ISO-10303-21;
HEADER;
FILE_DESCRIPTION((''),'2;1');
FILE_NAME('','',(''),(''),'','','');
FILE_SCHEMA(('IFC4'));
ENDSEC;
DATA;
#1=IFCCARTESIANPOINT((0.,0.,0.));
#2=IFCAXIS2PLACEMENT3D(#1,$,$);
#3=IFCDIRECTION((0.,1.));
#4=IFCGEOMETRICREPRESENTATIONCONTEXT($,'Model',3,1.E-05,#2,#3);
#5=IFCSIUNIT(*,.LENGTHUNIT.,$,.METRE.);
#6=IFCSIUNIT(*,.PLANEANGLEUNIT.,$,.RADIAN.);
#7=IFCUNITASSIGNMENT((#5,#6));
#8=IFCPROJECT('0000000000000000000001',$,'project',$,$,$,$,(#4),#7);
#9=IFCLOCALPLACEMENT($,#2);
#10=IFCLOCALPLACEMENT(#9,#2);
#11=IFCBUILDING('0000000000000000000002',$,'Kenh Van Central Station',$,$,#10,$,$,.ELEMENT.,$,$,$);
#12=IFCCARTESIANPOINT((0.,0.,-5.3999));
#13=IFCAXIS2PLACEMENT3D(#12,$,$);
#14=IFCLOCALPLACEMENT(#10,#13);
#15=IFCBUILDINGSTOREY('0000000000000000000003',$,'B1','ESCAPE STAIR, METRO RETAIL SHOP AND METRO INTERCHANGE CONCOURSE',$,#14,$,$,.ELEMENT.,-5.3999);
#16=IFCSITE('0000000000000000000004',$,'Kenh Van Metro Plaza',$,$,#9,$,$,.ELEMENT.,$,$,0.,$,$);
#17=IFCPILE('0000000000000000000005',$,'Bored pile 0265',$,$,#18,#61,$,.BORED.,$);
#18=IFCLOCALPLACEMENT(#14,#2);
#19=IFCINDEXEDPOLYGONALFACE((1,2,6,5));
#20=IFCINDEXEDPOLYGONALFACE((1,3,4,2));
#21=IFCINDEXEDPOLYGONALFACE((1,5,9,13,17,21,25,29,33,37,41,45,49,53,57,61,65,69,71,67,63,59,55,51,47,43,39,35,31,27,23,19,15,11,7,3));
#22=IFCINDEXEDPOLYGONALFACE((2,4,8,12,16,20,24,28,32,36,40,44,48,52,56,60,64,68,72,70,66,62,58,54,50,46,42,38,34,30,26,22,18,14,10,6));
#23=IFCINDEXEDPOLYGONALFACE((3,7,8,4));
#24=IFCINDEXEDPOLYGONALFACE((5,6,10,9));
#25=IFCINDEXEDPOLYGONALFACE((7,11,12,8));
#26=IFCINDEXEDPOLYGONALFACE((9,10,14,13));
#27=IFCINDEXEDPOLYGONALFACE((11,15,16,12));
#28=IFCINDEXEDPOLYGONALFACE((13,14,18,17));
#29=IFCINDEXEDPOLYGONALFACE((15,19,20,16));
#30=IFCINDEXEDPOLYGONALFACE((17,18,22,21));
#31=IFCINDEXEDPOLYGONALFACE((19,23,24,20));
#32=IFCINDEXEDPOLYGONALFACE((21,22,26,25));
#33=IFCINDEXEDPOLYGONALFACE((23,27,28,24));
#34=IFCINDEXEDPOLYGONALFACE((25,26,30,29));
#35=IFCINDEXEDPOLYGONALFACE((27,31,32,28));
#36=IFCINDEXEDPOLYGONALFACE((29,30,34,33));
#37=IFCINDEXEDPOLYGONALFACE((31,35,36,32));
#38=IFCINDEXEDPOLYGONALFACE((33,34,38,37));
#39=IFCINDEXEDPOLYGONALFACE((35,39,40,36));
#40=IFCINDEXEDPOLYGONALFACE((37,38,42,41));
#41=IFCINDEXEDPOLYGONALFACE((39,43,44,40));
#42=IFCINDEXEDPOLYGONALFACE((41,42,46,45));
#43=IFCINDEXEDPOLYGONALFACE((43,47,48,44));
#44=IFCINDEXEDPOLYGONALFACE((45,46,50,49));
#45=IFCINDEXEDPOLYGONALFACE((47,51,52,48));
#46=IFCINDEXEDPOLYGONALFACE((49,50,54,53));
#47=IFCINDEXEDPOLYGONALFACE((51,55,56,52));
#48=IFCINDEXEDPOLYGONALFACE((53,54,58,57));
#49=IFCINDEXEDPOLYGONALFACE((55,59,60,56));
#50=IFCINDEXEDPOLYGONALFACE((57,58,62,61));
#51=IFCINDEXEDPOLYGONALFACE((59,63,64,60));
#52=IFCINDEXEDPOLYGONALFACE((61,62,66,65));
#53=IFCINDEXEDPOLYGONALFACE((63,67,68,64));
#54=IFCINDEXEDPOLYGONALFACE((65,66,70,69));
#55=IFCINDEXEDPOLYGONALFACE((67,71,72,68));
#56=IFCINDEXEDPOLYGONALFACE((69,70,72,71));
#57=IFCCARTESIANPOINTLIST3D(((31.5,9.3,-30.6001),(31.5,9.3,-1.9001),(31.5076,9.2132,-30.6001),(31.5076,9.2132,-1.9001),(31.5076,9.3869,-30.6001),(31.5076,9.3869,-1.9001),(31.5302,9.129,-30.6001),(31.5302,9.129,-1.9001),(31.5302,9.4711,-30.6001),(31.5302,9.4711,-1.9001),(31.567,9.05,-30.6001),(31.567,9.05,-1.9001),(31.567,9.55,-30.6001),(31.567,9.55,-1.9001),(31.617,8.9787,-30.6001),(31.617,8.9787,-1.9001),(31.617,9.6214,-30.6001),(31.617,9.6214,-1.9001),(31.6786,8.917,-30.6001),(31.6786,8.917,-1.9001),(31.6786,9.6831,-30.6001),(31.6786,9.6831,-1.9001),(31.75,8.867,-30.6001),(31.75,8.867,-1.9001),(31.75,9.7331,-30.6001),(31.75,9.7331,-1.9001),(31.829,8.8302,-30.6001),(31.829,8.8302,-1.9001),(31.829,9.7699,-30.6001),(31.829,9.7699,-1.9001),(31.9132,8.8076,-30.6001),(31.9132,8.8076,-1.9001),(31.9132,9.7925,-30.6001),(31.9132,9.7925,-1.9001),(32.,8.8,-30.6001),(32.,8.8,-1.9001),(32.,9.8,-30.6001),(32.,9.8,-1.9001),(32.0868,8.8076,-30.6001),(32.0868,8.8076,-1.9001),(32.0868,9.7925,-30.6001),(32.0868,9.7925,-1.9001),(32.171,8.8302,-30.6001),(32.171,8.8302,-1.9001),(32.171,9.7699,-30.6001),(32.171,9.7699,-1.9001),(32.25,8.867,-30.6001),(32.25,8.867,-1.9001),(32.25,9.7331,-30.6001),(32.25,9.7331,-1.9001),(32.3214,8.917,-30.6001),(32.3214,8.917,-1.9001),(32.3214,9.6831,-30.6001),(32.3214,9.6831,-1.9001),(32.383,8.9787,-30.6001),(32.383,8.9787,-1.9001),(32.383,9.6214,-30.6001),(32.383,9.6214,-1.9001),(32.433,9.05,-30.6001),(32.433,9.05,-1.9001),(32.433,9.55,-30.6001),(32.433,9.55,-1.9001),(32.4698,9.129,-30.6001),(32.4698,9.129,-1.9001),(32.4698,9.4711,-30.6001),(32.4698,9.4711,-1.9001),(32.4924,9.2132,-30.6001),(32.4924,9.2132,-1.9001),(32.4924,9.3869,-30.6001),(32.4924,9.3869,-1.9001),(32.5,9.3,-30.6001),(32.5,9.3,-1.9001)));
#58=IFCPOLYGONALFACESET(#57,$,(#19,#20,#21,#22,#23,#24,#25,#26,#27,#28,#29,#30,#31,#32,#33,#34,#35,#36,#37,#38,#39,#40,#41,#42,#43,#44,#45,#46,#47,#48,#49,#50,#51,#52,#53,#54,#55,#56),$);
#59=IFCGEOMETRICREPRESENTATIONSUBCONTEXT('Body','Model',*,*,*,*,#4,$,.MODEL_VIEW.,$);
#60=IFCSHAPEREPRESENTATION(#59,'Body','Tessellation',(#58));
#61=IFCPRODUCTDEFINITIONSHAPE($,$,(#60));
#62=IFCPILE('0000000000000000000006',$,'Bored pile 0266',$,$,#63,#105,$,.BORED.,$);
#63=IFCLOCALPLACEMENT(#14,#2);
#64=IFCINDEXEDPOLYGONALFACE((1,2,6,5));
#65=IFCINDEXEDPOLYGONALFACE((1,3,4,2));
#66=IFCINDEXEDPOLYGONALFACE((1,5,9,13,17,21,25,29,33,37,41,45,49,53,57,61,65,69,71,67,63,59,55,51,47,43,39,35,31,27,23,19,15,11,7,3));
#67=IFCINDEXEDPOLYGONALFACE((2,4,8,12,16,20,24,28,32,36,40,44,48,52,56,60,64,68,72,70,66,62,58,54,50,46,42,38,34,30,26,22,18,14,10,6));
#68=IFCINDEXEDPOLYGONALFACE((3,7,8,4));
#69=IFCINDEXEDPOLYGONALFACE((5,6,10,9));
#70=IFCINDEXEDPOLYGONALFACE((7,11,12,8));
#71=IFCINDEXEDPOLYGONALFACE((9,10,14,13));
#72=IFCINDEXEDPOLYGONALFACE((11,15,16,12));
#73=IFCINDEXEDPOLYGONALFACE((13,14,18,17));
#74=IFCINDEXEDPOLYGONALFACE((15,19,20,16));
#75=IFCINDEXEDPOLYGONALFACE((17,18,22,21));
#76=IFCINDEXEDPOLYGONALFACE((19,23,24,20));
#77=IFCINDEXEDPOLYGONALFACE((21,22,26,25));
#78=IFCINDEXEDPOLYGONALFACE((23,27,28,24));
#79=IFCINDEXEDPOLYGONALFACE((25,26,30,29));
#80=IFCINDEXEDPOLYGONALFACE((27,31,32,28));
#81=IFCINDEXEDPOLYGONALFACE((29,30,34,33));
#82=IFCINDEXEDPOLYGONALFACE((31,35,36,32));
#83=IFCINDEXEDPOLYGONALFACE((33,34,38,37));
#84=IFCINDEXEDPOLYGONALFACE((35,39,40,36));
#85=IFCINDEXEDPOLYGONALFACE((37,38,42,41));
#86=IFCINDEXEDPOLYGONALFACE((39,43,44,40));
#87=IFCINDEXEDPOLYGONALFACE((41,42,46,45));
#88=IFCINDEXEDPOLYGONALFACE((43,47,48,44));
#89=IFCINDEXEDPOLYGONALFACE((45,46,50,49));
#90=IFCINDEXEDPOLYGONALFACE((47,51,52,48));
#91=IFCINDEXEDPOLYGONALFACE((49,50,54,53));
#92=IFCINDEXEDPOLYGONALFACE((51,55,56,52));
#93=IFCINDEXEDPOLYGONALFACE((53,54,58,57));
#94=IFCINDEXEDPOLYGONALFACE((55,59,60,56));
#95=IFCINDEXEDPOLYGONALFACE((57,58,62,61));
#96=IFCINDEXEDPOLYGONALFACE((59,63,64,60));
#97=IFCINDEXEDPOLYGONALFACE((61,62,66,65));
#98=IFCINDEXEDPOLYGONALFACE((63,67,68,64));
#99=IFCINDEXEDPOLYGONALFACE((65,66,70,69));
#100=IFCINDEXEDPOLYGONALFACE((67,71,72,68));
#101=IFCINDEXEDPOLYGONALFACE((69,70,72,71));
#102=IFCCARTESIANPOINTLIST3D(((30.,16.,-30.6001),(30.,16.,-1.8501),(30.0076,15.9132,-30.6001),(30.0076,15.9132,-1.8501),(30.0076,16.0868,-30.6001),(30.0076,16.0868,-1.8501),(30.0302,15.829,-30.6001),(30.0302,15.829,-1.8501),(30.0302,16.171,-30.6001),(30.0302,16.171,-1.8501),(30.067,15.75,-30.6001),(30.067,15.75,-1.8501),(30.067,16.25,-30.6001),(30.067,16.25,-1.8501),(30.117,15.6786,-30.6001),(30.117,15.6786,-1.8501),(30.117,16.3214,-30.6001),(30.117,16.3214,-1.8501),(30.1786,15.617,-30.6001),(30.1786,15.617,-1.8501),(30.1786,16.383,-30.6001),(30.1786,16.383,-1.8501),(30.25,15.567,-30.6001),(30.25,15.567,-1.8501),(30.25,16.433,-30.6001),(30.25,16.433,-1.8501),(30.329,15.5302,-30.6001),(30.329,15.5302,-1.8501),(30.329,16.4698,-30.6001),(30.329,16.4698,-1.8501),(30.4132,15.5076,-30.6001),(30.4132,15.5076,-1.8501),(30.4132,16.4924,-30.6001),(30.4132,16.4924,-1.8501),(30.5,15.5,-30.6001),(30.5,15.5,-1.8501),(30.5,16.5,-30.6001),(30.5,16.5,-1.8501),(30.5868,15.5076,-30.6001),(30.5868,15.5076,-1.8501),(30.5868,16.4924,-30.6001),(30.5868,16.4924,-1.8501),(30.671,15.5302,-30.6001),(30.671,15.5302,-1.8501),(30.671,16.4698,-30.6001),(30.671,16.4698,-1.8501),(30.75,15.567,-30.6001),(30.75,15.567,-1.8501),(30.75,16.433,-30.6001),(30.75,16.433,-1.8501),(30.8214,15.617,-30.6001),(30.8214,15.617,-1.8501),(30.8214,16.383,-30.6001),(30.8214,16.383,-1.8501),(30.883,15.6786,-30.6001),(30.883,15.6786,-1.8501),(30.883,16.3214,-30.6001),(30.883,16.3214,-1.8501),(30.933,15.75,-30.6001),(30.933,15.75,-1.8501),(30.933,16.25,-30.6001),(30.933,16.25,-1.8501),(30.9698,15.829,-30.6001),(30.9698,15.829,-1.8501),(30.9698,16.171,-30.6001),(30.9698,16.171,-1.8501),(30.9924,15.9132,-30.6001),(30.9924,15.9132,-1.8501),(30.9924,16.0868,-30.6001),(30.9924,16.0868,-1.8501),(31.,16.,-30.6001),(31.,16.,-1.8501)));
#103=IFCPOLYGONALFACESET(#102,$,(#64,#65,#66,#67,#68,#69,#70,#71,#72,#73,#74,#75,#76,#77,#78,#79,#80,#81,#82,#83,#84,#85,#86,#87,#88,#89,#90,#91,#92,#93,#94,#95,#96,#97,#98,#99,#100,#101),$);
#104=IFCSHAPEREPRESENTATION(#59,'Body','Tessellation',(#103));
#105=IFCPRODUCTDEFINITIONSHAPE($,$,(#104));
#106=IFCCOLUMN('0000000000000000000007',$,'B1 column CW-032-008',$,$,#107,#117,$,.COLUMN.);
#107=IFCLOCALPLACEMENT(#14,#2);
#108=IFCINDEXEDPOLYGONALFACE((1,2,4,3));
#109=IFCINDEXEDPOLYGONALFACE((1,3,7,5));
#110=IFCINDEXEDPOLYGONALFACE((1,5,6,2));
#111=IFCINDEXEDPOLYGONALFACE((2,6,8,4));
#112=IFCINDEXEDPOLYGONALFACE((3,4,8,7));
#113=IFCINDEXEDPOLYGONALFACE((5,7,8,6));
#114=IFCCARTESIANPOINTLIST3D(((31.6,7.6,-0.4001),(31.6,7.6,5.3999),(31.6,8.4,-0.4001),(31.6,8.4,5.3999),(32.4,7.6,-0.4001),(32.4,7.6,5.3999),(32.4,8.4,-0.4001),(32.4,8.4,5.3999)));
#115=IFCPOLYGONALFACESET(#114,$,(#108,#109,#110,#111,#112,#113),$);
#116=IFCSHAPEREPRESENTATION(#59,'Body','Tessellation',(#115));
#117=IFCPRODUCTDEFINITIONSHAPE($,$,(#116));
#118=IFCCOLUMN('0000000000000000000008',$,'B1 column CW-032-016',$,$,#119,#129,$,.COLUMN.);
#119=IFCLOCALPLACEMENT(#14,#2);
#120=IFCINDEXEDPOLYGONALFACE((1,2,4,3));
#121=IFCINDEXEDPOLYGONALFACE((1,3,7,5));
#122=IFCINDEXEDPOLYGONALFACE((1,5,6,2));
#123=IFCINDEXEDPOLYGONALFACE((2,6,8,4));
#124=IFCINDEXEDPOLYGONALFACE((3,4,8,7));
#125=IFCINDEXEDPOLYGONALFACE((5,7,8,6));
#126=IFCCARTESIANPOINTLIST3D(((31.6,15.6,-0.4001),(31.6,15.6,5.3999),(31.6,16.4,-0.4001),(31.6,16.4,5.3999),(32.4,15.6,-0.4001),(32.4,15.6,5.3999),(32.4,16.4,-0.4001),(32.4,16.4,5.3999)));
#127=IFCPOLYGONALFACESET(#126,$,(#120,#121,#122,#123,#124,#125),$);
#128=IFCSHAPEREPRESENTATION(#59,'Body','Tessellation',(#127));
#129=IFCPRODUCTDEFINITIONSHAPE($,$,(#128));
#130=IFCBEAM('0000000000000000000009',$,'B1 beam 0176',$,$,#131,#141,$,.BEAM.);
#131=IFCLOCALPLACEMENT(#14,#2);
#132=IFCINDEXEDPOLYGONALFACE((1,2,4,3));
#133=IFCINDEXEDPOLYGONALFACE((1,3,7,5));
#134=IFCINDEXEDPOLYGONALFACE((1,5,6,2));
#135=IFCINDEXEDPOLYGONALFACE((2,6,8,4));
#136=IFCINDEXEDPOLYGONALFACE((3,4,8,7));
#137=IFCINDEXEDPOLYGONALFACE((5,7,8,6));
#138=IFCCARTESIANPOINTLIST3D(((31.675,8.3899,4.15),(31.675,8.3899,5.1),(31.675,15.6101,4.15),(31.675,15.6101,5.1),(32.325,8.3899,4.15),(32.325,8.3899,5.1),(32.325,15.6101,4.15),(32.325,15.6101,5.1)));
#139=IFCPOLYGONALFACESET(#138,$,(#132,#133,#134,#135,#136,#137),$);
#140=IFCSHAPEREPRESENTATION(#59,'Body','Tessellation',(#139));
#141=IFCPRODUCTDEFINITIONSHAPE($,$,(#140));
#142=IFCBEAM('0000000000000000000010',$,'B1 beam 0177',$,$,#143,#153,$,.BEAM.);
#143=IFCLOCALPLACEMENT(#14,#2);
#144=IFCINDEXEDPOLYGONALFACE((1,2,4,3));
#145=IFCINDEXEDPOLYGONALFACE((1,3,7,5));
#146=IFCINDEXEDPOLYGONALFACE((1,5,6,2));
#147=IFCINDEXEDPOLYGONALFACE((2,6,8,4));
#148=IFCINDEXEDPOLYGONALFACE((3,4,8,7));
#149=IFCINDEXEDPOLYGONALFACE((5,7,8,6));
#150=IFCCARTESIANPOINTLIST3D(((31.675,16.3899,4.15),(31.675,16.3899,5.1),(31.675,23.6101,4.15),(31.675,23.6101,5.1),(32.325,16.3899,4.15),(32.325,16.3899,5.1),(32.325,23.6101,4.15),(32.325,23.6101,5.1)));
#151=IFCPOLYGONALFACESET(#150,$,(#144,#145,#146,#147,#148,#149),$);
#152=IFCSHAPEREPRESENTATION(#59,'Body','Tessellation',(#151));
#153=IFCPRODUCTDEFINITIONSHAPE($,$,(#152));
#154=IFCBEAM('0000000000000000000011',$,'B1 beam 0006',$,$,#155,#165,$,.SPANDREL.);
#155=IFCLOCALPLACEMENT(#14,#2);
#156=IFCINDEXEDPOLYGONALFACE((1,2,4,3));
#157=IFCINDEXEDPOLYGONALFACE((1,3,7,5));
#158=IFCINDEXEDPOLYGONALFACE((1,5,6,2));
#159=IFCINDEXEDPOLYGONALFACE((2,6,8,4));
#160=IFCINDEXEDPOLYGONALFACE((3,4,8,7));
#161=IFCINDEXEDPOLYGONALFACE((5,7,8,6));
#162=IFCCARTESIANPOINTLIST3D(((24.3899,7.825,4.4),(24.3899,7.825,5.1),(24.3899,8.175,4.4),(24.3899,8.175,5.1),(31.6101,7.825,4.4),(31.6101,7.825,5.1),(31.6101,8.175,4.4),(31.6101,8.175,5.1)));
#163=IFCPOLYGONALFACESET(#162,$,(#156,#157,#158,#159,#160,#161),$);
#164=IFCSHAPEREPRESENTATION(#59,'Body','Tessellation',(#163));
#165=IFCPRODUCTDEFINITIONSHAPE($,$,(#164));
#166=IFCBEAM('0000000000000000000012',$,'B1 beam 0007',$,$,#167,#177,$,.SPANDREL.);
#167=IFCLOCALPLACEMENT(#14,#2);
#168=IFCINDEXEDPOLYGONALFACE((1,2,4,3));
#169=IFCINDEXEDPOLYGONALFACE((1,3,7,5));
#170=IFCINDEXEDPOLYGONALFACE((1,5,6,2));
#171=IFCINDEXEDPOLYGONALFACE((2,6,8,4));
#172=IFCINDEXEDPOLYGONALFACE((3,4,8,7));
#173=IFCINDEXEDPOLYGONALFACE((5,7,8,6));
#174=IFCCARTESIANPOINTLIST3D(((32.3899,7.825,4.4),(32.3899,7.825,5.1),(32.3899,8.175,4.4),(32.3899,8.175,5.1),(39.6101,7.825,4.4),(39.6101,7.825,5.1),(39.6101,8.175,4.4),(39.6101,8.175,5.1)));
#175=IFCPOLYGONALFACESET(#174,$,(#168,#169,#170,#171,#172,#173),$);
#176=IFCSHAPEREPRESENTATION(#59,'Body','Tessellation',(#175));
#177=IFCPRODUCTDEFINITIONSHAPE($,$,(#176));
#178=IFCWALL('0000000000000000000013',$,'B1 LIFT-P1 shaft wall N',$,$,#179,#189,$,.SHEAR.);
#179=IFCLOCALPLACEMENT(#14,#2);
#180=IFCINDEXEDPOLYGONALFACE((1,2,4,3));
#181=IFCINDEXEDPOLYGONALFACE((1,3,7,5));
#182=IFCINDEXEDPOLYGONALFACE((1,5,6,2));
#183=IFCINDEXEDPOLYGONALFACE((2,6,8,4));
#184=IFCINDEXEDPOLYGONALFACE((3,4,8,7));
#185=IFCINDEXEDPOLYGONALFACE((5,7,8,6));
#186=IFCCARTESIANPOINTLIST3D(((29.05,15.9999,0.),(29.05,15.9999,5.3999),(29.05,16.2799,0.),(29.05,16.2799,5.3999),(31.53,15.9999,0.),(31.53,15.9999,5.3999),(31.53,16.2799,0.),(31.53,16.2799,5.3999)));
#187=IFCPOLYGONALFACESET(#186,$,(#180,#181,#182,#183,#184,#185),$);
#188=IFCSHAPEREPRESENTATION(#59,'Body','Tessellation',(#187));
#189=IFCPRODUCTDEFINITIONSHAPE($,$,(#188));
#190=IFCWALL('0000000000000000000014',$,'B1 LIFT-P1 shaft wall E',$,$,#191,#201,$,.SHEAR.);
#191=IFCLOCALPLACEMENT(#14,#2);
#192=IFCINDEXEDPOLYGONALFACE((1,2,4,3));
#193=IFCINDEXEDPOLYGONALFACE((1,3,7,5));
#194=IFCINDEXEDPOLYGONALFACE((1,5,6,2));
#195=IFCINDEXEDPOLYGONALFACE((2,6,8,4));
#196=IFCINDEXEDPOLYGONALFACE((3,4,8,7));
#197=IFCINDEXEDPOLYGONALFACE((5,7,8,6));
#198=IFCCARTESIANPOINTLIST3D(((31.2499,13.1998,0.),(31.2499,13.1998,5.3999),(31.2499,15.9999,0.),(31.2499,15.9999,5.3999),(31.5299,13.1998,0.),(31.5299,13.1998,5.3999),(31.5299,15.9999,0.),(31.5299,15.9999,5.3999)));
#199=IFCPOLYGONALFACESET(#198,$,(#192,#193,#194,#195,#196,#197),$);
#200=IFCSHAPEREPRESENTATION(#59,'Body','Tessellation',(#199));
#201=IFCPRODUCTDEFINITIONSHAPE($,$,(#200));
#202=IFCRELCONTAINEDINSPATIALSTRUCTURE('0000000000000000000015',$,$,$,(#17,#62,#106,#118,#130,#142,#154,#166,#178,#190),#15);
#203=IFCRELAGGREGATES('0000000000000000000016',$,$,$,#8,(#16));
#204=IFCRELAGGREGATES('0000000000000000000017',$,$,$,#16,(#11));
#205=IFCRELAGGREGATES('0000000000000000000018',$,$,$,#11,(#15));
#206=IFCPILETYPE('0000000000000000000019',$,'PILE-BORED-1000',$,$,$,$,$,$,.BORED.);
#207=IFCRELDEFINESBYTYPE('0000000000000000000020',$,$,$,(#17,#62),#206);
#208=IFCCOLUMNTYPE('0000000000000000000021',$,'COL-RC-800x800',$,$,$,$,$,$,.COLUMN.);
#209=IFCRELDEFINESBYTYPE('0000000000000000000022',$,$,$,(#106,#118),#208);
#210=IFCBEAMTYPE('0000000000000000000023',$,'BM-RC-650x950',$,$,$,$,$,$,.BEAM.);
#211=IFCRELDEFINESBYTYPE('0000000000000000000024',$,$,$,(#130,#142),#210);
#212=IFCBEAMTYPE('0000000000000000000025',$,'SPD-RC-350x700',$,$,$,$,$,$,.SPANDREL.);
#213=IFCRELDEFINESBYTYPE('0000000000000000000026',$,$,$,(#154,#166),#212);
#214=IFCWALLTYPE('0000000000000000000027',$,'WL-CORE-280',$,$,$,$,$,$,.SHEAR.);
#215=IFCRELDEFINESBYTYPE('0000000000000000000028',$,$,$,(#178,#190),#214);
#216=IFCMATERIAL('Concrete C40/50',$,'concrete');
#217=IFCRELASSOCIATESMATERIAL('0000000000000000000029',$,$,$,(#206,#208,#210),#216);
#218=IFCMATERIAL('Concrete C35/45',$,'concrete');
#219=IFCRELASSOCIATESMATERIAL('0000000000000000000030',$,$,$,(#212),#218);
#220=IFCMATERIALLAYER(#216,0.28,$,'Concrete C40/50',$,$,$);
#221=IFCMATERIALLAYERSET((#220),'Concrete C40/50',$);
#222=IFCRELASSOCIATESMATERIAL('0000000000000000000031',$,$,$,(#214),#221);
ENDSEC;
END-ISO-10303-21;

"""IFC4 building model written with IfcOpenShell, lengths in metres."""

from ifc_helpers import new_model, si_unit, direction, frame, frame_2d, origin, origin_2d, place, context, subcontext, project, spatial, rectangle, circle, extrude, material, layer, layer_set, material_profile, profile_set, type_object, element, save


model = new_model("IFC4")

# Units and contexts
model_context = context("Model", 3, precision=1e-05, world=origin(), true_north=direction((0.0, 1.0)))
body_context = subcontext(model_context, "Body", "Model", "MODEL_VIEW")
ifc_project = project(units=[si_unit("LENGTHUNIT", "METRE"), si_unit("PLANEANGLEUNIT", "RADIAN")], contexts=[model_context])

# Site, building, storey
site_placement = place(None, origin())
site = spatial("IfcSite", under=ifc_project, at=site_placement, Name="Kenh Van Metro Plaza", CompositionType="ELEMENT", RefElevation=0.0)
building_placement = place(site_placement, origin())
building = spatial("IfcBuilding", under=site, at=building_placement, Name="Kenh Van Central Station", CompositionType="ELEMENT")
storey_placement = place(building_placement, frame((0.0, 0.0, -5.3999)))
storey = spatial("IfcBuildingStorey", under=building, at=storey_placement, Name="B1", Description="ESCAPE STAIR, METRO RETAIL SHOP AND METRO INTERCHANGE CONCOURSE", CompositionType="ELEMENT", Elevation=-5.3999)

# Shared definitions
ifc_material_1 = material(Name="Concrete C40/50", Category="concrete")

# Piles
ifc_material_profile_1 = material_profile(ifc_material_1, circle(Radius=0.5, at=origin_2d()), Name="PILE D1000")
ifc_profile_set_1 = profile_set([ifc_material_profile_1], Name="Concrete C40/50")
pile_type = type_object("IfcPileType", Name="PILE-BORED-1000", PredefinedType="BORED", material=ifc_profile_set_1)
for number, where, z_axis, x_axis, name in (
    (1, (32.0, 9.3, -1.9001), (0.0, 0.0, -1.0), (1.0, 0.0, 0.0), "Bored pile 0265"),
):
    element("IfcPile", number, at=place(storey_placement, frame(where, z_axis=z_axis, x_axis=x_axis)), inside=storey, type_object=pile_type, Name=name, PredefinedType="BORED", context=body_context, shape_type="SweptSolid", body=[
        extrude(circle(Radius=0.5, at=origin_2d()), origin(), (0.0, 0.0, 1.0), 28.7),
    ])
pile_1_placement = place(storey_placement, frame((30.5, 16.0, -1.8501), z_axis=(0.0, 0.0, -1.0), x_axis=(1.0, 0.0, 0.0)))
element("IfcPile", 2, at=pile_1_placement, inside=storey, type_object=pile_type, Name="Bored pile 0266", PredefinedType="BORED", context=body_context, shape_type="SweptSolid", body=[
    extrude(circle(Radius=0.5, at=origin_2d()), origin(), (0.0, 0.0, 1.0), 28.75),
])

# Columns
ifc_material_profile_2 = material_profile(ifc_material_1, rectangle(XDim=0.8, YDim=0.8, at=origin_2d()), Name="RC 800x800")
ifc_profile_set_2 = profile_set([ifc_material_profile_2], Name="Concrete C40/50")
column_type = type_object("IfcColumnType", Name="COL-RC-800x800", PredefinedType="COLUMN", material=ifc_profile_set_2)
for number, where, z_axis, x_axis, name in (
    (3, (32.0, 8.0, -0.4001), (0.0, 0.0, 1.0), (1.0, 0.0, 0.0), "B1 column CW-032-008"),
    (4, (32.0, 16.0, -0.4001), (0.0, 0.0, 1.0), (1.0, 0.0, 0.0), "B1 column CW-032-016"),
):
    element("IfcColumn", number, at=place(storey_placement, frame(where, z_axis=z_axis, x_axis=x_axis)), inside=storey, type_object=column_type, Name=name, PredefinedType="COLUMN", context=body_context, shape_type="SweptSolid", body=[
        extrude(rectangle(XDim=0.8, YDim=0.8, at=origin_2d()), origin(), (0.0, 0.0, 1.0), 5.8),
    ])

# Beams
ifc_material_profile_3 = material_profile(ifc_material_1, rectangle(XDim=0.6499, YDim=0.95, at=origin_2d()), Name="RC 650x950")
ifc_profile_set_3 = profile_set([ifc_material_profile_3], Name="Concrete C40/50")
beam_type_1 = type_object("IfcBeamType", Name="BM-RC-650x950", PredefinedType="BEAM", material=ifc_profile_set_3)
for number, where, z_axis, x_axis, name in (
    (5, (32.0, 8.3899, 4.625), (0.0, 1.0, 0.0), (-1.0, 0.0, 0.0), "B1 beam 0176"),
    (6, (32.0, 16.3899, 4.625), (0.0, 1.0, 0.0), (-1.0, 0.0, 0.0), "B1 beam 0177"),
):
    element("IfcBeam", number, at=place(storey_placement, frame(where, z_axis=z_axis, x_axis=x_axis)), inside=storey, type_object=beam_type_1, Name=name, PredefinedType="BEAM", context=body_context, shape_type="SweptSolid", body=[
        extrude(rectangle(XDim=0.6499, YDim=0.95, at=origin_2d()), origin(), (0.0, 0.0, 1.0), 7.2202),
    ])
ifc_material_2 = material(Name="Concrete C35/45", Category="concrete")
ifc_material_profile_4 = material_profile(ifc_material_2, rectangle(XDim=0.3501, YDim=0.7, at=origin_2d()), Name="RC 350x700")
ifc_profile_set_4 = profile_set([ifc_material_profile_4], Name="Concrete C35/45")
beam_type_2 = type_object("IfcBeamType", Name="SPD-RC-350x700", PredefinedType="SPANDREL", material=ifc_profile_set_4)
for number, where, z_axis, x_axis, name in (
    (7, (24.3899, 8.0, 4.75), (1.0, 0.0, 0.0), (0.0, 1.0, 0.0), "B1 beam 0006"),
    (8, (32.3899, 8.0, 4.75), (1.0, 0.0, 0.0), (0.0, 1.0, 0.0), "B1 beam 0007"),
):
    element("IfcBeam", number, at=place(storey_placement, frame(where, z_axis=z_axis, x_axis=x_axis)), inside=storey, type_object=beam_type_2, Name=name, PredefinedType="SPANDREL", context=body_context, shape_type="SweptSolid", body=[
        extrude(rectangle(XDim=0.3501, YDim=0.7, at=origin_2d()), origin(), (0.0, 0.0, 1.0), 7.2202),
    ])

# Shared definitions
ifc_layer_1 = layer(ifc_material_1, 0.28, Name="Concrete C40/50")
ifc_layer_set_1 = layer_set([ifc_layer_1], Name="Concrete C40/50")
wall_type_1 = type_object("IfcWallType", Name="WL-CORE-280", PredefinedType="SHEAR", material=ifc_layer_set_1)

# Walls
wall_1_placement = place(storey_placement, frame((29.05, 16.1399, 0.0), z_axis=(0.0, 0.0, 1.0), x_axis=(1.0, 0.0, 0.0)))
element("IfcWall", 9, at=wall_1_placement, inside=storey, type_object=wall_type_1, Name="B1 LIFT-P1 shaft wall N", PredefinedType="SHEAR", context=body_context, shape_type="SweptSolid", body=[
    extrude(rectangle(XDim=2.48, YDim=0.28, at=frame_2d((1.24, 0.0))), origin(), (0.0, 0.0, 1.0), 5.3999),
])
wall_2_placement = place(storey_placement, frame((31.3899, 13.2, 0.0), z_axis=(0.0, 0.0, 1.0), x_axis=(0.0, 1.0, 0.0)))
element("IfcWall", 10, at=wall_2_placement, inside=storey, type_object=wall_type_1, Name="B1 LIFT-P1 shaft wall E", PredefinedType="SHEAR", context=body_context, shape_type="SweptSolid", body=[
    extrude(rectangle(XDim=2.8, YDim=0.28, at=frame_2d((1.3999, 0.0))), origin(), (0.0, 0.0, 1.0), 5.3999),
])

save(model, "model.ifc")
